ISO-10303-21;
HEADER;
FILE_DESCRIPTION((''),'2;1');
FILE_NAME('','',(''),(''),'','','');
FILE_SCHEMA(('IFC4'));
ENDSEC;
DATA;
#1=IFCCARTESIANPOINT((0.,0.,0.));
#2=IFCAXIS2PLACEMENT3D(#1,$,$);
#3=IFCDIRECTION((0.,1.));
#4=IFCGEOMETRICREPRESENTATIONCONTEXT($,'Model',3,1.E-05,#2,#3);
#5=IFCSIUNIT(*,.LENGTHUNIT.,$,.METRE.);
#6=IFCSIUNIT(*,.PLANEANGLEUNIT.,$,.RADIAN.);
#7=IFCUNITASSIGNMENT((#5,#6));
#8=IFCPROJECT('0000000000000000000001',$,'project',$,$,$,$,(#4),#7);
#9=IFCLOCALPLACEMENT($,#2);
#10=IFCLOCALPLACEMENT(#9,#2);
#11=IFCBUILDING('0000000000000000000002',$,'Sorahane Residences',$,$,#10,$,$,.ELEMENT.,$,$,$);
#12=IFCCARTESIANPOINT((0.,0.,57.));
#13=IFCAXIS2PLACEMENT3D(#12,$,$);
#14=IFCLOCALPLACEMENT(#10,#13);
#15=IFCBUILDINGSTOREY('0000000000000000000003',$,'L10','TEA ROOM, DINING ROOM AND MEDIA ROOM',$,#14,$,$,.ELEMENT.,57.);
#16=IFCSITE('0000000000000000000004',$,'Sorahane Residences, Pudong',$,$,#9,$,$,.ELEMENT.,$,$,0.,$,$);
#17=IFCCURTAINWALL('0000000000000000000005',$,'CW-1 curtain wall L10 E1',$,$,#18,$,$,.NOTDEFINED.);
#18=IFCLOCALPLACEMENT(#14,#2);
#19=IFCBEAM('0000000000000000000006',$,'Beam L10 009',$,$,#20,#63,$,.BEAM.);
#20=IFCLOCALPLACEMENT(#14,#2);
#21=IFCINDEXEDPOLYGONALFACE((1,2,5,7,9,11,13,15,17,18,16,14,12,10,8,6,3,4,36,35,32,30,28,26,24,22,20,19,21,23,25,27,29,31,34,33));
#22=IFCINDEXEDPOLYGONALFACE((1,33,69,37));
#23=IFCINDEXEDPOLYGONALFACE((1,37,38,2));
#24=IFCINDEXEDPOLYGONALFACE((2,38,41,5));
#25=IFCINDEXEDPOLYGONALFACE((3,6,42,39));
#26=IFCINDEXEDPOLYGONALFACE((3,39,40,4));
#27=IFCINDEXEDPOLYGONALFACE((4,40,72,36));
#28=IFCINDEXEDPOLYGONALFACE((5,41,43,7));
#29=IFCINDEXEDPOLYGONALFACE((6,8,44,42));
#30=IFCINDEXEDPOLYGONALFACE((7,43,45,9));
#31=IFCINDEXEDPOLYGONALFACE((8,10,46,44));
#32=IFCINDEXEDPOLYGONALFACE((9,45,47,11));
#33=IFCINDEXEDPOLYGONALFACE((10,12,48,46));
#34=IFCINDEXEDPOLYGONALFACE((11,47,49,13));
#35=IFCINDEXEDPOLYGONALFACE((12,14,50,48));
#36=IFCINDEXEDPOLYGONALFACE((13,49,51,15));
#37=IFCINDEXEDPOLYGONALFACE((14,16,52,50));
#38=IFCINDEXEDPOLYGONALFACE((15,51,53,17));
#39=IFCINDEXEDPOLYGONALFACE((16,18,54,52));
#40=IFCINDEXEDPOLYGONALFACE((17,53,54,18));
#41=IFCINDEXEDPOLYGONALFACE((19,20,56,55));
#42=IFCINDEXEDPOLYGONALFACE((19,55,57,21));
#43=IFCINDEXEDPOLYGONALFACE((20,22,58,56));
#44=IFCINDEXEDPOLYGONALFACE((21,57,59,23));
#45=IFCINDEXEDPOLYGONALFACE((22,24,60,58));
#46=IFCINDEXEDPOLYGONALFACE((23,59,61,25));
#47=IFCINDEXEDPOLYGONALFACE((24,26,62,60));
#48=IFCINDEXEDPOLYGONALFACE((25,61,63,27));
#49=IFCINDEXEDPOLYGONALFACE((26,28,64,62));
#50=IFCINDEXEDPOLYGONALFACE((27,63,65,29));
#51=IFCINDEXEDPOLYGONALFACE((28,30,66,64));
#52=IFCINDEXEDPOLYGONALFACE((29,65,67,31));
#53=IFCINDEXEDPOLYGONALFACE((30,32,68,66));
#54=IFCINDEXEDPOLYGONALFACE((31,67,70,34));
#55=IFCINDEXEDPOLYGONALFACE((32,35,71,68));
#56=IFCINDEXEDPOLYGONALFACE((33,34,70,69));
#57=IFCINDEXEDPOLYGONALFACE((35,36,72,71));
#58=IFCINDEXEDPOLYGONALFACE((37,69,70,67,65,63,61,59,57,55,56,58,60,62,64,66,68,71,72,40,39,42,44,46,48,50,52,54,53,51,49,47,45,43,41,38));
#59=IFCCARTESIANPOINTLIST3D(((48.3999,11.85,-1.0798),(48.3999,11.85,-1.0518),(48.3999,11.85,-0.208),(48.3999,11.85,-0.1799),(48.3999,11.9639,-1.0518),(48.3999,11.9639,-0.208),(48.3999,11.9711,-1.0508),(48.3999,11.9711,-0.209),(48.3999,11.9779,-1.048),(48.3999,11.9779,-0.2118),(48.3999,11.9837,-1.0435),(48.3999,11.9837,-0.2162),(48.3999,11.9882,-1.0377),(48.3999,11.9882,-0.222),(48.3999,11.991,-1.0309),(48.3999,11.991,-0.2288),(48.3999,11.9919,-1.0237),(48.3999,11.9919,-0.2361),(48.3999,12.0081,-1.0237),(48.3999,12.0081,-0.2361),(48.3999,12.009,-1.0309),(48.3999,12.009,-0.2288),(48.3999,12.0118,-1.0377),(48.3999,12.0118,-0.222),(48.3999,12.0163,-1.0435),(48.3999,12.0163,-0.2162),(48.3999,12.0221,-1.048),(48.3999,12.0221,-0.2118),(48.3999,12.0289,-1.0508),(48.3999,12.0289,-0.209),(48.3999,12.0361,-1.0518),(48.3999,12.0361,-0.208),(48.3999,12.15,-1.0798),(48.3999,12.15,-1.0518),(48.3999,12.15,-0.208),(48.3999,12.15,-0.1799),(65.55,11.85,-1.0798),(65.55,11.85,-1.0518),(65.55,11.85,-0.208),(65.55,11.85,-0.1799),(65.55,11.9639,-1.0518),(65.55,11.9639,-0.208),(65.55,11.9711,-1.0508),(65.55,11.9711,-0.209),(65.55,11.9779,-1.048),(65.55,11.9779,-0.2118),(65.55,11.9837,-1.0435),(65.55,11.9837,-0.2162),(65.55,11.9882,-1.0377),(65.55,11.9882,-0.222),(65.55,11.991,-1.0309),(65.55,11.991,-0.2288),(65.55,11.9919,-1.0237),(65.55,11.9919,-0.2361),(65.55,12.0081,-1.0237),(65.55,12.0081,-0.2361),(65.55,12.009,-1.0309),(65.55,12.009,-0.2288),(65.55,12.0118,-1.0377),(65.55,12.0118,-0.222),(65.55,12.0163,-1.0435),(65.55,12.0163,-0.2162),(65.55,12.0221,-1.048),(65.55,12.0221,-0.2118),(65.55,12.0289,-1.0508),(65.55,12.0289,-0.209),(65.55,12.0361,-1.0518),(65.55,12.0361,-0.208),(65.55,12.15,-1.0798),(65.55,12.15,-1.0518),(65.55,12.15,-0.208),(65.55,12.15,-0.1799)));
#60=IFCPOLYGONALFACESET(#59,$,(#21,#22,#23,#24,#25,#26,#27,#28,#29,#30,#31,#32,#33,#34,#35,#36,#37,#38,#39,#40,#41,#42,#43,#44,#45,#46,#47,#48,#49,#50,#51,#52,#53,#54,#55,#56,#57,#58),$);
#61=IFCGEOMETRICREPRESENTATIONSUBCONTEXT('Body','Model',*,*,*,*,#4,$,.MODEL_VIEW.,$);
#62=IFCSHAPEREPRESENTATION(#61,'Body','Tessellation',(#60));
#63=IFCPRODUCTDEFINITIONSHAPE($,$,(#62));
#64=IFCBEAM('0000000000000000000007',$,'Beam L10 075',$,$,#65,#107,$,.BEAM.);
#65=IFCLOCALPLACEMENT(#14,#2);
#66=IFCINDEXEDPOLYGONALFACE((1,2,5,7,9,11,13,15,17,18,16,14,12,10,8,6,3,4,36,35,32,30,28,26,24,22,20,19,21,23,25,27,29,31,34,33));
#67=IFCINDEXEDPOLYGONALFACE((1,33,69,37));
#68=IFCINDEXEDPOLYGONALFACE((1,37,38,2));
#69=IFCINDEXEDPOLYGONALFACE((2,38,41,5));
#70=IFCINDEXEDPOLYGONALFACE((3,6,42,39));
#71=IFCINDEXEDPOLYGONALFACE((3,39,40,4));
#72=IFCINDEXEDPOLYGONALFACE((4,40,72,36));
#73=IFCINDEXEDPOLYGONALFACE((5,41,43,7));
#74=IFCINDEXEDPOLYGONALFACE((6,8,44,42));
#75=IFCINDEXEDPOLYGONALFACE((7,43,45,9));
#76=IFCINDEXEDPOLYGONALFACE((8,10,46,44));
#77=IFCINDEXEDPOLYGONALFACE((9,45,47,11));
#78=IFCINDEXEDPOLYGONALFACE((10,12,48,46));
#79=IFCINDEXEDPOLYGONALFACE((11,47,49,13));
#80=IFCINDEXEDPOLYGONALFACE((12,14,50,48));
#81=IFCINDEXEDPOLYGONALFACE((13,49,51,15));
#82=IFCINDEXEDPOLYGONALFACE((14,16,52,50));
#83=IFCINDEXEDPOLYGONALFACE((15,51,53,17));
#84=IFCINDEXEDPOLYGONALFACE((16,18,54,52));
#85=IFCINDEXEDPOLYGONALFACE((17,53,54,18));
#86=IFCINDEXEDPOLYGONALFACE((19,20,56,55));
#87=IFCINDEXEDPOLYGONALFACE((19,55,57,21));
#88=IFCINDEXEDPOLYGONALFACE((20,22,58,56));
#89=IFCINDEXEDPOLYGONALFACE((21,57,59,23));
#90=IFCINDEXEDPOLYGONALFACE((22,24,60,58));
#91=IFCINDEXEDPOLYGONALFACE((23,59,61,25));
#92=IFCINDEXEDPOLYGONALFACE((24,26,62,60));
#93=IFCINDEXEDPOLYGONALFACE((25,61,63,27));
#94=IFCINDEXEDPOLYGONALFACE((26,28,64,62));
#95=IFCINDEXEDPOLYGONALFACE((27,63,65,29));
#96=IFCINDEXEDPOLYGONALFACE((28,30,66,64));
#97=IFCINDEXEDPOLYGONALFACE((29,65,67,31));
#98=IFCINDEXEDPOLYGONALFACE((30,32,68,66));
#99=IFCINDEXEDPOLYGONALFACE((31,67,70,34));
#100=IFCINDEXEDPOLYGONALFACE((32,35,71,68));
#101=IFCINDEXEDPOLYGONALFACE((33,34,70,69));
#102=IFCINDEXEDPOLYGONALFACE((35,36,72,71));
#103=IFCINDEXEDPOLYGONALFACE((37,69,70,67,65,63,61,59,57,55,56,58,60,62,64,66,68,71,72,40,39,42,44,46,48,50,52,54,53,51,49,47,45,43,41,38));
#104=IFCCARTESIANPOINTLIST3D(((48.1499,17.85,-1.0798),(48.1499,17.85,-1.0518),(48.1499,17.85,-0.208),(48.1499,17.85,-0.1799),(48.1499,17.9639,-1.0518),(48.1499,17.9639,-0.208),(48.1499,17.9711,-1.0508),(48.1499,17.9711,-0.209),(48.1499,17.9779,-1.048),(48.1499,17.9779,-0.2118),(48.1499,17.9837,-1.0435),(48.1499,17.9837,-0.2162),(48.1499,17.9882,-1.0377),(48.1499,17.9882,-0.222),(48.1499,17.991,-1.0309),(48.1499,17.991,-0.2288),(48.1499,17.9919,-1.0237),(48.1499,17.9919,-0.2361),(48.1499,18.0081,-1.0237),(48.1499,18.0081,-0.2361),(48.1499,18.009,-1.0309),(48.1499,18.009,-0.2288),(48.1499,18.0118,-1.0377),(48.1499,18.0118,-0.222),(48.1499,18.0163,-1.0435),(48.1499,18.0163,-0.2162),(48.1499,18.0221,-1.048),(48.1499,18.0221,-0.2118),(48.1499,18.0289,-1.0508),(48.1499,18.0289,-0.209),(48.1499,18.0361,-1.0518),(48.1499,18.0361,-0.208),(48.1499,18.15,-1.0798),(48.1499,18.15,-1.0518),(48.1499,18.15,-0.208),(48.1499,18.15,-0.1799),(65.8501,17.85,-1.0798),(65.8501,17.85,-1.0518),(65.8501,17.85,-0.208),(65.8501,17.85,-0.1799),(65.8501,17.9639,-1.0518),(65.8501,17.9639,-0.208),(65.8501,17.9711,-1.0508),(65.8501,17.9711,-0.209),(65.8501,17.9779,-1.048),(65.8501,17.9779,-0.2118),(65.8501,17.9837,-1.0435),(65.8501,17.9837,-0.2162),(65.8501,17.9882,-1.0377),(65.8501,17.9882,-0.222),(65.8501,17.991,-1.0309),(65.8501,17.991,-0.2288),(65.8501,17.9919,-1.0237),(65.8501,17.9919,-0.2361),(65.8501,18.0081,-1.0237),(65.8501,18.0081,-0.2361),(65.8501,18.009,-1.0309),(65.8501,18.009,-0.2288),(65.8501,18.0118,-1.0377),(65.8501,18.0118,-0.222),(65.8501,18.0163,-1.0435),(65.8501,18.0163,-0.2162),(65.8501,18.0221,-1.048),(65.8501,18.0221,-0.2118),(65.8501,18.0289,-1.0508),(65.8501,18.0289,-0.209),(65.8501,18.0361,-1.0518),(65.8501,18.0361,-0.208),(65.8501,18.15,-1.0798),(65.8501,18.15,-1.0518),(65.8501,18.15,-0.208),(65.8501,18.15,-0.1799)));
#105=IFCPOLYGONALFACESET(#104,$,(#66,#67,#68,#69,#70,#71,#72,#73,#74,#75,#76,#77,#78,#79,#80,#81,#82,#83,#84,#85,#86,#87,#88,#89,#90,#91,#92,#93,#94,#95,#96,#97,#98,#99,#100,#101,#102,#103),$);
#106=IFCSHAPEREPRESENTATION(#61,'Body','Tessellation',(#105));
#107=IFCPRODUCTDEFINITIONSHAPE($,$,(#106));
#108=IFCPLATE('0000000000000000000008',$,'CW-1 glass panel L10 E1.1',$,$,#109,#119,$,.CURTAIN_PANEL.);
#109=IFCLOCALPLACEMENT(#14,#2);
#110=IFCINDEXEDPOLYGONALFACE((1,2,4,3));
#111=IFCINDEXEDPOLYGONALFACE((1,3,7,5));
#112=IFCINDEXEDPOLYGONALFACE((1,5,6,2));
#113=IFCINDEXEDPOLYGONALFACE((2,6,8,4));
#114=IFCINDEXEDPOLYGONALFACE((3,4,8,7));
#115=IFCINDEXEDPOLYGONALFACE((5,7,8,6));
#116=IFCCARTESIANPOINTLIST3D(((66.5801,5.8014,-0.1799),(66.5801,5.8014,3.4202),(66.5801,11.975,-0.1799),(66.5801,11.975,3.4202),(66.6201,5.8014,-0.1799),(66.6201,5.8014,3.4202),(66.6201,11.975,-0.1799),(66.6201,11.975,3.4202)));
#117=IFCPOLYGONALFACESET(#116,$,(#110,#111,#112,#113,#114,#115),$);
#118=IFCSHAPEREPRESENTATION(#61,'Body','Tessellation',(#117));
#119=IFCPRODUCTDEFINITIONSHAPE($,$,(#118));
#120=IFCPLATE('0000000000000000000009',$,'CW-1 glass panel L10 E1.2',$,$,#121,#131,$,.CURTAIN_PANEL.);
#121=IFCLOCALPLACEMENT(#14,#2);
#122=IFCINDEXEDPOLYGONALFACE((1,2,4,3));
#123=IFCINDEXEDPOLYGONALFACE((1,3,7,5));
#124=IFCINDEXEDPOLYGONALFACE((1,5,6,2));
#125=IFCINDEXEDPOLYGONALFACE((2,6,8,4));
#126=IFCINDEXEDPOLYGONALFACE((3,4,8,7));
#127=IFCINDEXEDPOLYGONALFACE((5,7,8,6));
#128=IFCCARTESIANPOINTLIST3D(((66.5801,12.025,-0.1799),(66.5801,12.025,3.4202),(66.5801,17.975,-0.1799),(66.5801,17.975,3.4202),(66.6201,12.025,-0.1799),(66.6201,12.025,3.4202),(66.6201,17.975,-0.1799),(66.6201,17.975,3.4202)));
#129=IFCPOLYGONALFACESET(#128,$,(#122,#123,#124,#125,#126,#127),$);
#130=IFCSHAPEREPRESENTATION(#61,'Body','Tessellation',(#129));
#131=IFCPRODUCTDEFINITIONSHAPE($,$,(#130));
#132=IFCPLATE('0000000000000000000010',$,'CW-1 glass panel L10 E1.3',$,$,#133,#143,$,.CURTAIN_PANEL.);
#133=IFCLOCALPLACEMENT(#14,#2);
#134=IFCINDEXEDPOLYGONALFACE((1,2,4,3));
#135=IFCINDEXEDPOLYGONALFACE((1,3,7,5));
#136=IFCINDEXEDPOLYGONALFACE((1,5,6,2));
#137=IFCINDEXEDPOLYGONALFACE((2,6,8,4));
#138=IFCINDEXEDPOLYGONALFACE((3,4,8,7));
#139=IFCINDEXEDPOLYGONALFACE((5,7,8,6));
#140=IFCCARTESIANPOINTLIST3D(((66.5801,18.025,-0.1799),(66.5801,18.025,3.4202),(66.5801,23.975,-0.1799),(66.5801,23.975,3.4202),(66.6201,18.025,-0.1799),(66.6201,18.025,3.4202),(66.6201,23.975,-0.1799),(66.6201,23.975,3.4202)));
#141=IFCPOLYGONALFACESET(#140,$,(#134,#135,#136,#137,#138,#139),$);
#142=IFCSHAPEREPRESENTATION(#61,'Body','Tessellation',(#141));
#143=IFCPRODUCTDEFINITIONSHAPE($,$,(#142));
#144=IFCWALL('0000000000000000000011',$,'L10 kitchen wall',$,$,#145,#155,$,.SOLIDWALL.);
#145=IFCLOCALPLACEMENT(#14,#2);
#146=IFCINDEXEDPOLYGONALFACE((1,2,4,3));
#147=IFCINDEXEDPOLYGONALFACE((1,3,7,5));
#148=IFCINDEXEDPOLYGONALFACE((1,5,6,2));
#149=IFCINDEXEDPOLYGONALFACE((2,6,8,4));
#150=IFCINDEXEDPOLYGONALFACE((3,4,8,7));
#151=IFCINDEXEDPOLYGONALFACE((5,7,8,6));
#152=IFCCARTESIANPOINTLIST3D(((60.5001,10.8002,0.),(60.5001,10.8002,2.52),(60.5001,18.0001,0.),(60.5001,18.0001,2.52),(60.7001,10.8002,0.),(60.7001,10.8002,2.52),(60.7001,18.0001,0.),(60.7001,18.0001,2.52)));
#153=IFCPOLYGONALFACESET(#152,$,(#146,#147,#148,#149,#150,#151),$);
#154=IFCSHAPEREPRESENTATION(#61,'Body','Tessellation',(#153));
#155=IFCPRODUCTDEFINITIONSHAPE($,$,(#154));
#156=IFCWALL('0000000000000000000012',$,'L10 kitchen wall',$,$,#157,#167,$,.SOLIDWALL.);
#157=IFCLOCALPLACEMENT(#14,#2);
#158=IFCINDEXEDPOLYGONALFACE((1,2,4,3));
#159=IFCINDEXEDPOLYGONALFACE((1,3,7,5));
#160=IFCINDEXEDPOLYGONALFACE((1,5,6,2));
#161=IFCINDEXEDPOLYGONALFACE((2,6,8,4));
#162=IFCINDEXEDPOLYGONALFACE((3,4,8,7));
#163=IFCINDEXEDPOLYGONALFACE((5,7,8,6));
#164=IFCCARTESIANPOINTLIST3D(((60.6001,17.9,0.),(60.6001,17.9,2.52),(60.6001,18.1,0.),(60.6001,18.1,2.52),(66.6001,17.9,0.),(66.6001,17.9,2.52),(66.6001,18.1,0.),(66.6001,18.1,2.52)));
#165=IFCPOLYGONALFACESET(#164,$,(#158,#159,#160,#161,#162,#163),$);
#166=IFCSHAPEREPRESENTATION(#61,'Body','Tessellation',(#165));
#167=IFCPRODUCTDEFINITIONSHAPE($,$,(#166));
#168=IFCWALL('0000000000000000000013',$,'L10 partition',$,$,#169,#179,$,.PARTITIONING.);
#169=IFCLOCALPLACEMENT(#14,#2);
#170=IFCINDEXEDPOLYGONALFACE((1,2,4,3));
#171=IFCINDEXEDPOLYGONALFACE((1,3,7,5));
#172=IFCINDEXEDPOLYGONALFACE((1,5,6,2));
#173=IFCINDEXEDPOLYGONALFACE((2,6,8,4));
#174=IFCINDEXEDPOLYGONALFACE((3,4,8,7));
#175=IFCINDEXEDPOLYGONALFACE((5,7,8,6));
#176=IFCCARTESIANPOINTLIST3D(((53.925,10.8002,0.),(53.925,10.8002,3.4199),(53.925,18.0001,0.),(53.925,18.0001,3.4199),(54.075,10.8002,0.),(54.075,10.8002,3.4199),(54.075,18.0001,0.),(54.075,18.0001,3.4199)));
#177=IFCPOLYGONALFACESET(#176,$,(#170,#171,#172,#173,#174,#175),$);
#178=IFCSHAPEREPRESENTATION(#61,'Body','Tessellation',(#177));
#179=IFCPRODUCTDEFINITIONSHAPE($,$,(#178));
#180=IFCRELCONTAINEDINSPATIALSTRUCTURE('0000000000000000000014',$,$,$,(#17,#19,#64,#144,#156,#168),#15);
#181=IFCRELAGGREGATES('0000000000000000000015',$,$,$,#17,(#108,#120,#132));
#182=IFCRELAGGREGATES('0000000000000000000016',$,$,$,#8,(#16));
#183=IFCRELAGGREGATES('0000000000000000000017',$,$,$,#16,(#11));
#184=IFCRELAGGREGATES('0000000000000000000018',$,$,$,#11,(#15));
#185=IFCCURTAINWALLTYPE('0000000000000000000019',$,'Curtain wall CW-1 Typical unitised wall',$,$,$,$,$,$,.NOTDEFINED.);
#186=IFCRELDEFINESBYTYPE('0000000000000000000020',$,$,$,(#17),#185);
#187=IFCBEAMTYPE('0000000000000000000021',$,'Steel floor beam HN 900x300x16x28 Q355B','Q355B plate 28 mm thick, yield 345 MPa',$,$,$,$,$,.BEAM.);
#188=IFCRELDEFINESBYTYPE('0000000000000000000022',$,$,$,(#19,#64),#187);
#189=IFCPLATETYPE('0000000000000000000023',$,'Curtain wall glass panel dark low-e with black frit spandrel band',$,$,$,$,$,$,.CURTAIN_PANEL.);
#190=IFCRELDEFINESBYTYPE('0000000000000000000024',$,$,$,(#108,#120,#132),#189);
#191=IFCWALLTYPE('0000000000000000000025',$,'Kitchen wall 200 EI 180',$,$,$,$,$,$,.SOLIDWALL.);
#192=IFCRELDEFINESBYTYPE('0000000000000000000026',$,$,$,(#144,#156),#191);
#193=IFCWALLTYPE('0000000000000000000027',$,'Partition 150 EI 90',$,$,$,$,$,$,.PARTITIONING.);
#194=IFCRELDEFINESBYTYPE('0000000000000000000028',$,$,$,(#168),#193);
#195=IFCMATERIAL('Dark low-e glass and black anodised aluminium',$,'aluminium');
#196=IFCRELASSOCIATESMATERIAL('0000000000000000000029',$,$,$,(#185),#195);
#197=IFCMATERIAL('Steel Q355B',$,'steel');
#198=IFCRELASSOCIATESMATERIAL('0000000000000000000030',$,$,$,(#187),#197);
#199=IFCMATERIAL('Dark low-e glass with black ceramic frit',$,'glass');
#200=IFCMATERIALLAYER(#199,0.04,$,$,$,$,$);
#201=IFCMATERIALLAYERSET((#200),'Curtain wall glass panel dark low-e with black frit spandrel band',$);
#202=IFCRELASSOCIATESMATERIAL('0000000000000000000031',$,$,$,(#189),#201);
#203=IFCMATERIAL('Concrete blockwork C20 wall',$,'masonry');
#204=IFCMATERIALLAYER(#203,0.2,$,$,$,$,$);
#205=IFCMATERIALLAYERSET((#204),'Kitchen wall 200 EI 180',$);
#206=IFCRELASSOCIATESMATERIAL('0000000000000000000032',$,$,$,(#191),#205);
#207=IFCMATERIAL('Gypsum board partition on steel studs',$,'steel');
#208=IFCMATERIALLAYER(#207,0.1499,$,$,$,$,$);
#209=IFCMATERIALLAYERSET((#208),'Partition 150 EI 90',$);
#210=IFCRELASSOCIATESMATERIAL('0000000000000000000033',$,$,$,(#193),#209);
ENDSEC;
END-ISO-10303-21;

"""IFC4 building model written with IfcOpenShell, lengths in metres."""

from ifc_helpers import new_model, si_unit, direction, frame, frame_2d, origin, origin_2d, place, context, subcontext, project, spatial, rectangle, i_section, extrude, material, layer, layer_set, material_profile, profile_set, type_object, element, aggregate, save


model = new_model("IFC4")

# Units and contexts
model_context = context("Model", 3, precision=1e-05, world=origin(), true_north=direction((0.0, 1.0)))
body_context = subcontext(model_context, "Body", "Model", "MODEL_VIEW")
ifc_project = project(units=[si_unit("LENGTHUNIT", "METRE"), si_unit("PLANEANGLEUNIT", "RADIAN")], contexts=[model_context])

# Site, building, storey
site_placement = place(None, origin())
site = spatial("IfcSite", under=ifc_project, at=site_placement, Name="Sorahane Residences, Pudong", CompositionType="ELEMENT", RefElevation=0.0)
building_placement = place(site_placement, origin())
building = spatial("IfcBuilding", under=site, at=building_placement, Name="Sorahane Residences", CompositionType="ELEMENT")
storey_placement = place(building_placement, frame((0.0, 0.0, 57.0)))
storey = spatial("IfcBuildingStorey", under=building, at=storey_placement, Name="L10", Description="TEA ROOM, DINING ROOM AND MEDIA ROOM", CompositionType="ELEMENT", Elevation=57.0)

# Curtain wall
ifc_material_1 = material(Name="Dark low-e glass and black anodised aluminium", Category="aluminium")
curtain_wall_type = type_object("IfcCurtainWallType", Name="Curtain wall CW-1 Typical unitised wall", PredefinedType="NOTDEFINED", material=ifc_material_1)
curtain_wall_placement = place(storey_placement, origin())
curtain_wall = element("IfcCurtainWall", 1, at=curtain_wall_placement, inside=storey, type_object=curtain_wall_type, Name="CW-1 curtain wall L10 E1", PredefinedType="NOTDEFINED")

# Beams
ifc_material_2 = material(Name="Steel Q355B", Category="steel")
ifc_material_profile_1 = material_profile(ifc_material_2, i_section(OverallWidth=0.3, OverallDepth=0.8999, WebThickness=0.0161, FlangeThickness=0.0281, FilletRadius=0.0281, at=origin_2d()), Name="HN 900x300x16x28")
ifc_profile_set_1 = profile_set([ifc_material_profile_1], Name="Steel Q355B")
beam_type_1 = type_object("IfcBeamType", Name="Steel floor beam HN 900x300x16x28 Q355B", Description="Q355B plate 28 mm thick, yield 345 MPa", PredefinedType="BEAM", material=ifc_profile_set_1)
beam_1_placement = place(storey_placement, frame((48.3999, 12.0, -0.6299), z_axis=(1.0, 0.0, 0.0), x_axis=(0.0, 1.0, 0.0)))
element("IfcBeam", 2, at=beam_1_placement, inside=storey, type_object=beam_type_1, Name="Beam L10 009", PredefinedType="BEAM", context=body_context, shape_type="SweptSolid", body=[
    extrude(i_section(OverallWidth=0.3, OverallDepth=0.8999, WebThickness=0.0161, FlangeThickness=0.0281, FilletRadius=0.0281, at=origin_2d()), origin(), (0.0, 0.0, 1.0), 17.1501),
])
beam_2_placement = place(storey_placement, frame((48.1499, 18.0, -0.6299), z_axis=(1.0, 0.0, 0.0), x_axis=(0.0, 1.0, 0.0)))
element("IfcBeam", 3, at=beam_2_placement, inside=storey, type_object=beam_type_1, Name="Beam L10 075", PredefinedType="BEAM", context=body_context, shape_type="SweptSolid", body=[
    extrude(i_section(OverallWidth=0.3, OverallDepth=0.8999, WebThickness=0.0161, FlangeThickness=0.0281, FilletRadius=0.0281, at=origin_2d()), origin(), (0.0, 0.0, 1.0), 17.7002),
])

# Plates
ifc_material_3 = material(Name="Dark low-e glass with black ceramic frit", Category="glass")
ifc_layer_1 = layer(ifc_material_3, 0.04)
ifc_layer_set_1 = layer_set([ifc_layer_1], Name="Curtain wall glass panel dark low-e with black frit spandrel band")
plate_type = type_object("IfcPlateType", Name="Curtain wall glass panel dark low-e with black frit spandrel band", PredefinedType="CURTAIN_PANEL", material=ifc_layer_set_1)
plate_1_placement = place(storey_placement, frame((66.6001, 8.8882, -0.1799), z_axis=(0.0, 0.0, 1.0), x_axis=(0.0, 1.0, 0.0)))
plate_1 = element("IfcPlate", 4, at=plate_1_placement, type_object=plate_type, Name="CW-1 glass panel L10 E1.1", PredefinedType="CURTAIN_PANEL", context=body_context, shape_type="SweptSolid", body=[
    extrude(rectangle(XDim=6.1736, YDim=0.04, at=origin_2d()), origin(), (0.0, 0.0, 1.0), 3.6001),
])
plate_2_placement = place(storey_placement, frame((66.6001, 15.0, -0.1799), z_axis=(0.0, 0.0, 1.0), x_axis=(0.0, 1.0, 0.0)))
plate_2 = element("IfcPlate", 5, at=plate_2_placement, type_object=plate_type, Name="CW-1 glass panel L10 E1.2", PredefinedType="CURTAIN_PANEL", context=body_context, shape_type="SweptSolid", body=[
    extrude(rectangle(XDim=5.95, YDim=0.04, at=origin_2d()), origin(), (0.0, 0.0, 1.0), 3.6001),
])
plate_3_placement = place(storey_placement, frame((66.6001, 21.0, -0.1799), z_axis=(0.0, 0.0, 1.0), x_axis=(0.0, 1.0, 0.0)))
plate_3 = element("IfcPlate", 6, at=plate_3_placement, type_object=plate_type, Name="CW-1 glass panel L10 E1.3", PredefinedType="CURTAIN_PANEL", context=body_context, shape_type="SweptSolid", body=[
    extrude(rectangle(XDim=5.95, YDim=0.04, at=origin_2d()), origin(), (0.0, 0.0, 1.0), 3.6001),
])
aggregate(curtain_wall, [plate_1, plate_2, plate_3])

# Shared definitions
ifc_material_4 = material(Name="Concrete blockwork C20 wall", Category="masonry")
ifc_layer_2 = layer(ifc_material_4, 0.2)
ifc_layer_set_2 = layer_set([ifc_layer_2], Name="Kitchen wall 200 EI 180")
wall_type_1 = type_object("IfcWallType", Name="Kitchen wall 200 EI 180", PredefinedType="SOLIDWALL", material=ifc_layer_set_2)

# Wall
wall_1_placement = place(storey_placement, frame((60.6001, 10.8, 0.0), z_axis=(0.0, 0.0, 1.0), x_axis=(0.0, 1.0, 0.0)))
element("IfcWall", 7, at=wall_1_placement, inside=storey, type_object=wall_type_1, Name="L10 kitchen wall", PredefinedType="SOLIDWALL", context=body_context, shape_type="SweptSolid", body=[
    extrude(rectangle(XDim=7.2, YDim=0.2, at=frame_2d((3.6001, 0.0))), origin(), (0.0, 0.0, 1.0), 2.52),
])

# Walls
wall_2_placement = place(storey_placement, frame((60.6001, 18.0, 0.0), z_axis=(0.0, 0.0, 1.0), x_axis=(1.0, 0.0, 0.0)))
element("IfcWall", 8, at=wall_2_placement, inside=storey, type_object=wall_type_1, Name="L10 kitchen wall", PredefinedType="SOLIDWALL", context=body_context, shape_type="SweptSolid", body=[
    extrude(rectangle(XDim=6.0, YDim=0.2, at=frame_2d((3.0, 0.0))), origin(), (0.0, 0.0, 1.0), 2.52),
])
ifc_material_5 = material(Name="Gypsum board partition on steel studs", Category="steel")
ifc_layer_3 = layer(ifc_material_5, 0.1499)
ifc_layer_set_3 = layer_set([ifc_layer_3], Name="Partition 150 EI 90")
wall_type_2 = type_object("IfcWallType", Name="Partition 150 EI 90", PredefinedType="PARTITIONING", material=ifc_layer_set_3)
wall_3_placement = place(storey_placement, frame((54.0, 10.8, 0.0), z_axis=(0.0, 0.0, 1.0), x_axis=(0.0, 1.0, 0.0)))
element("IfcWall", 9, at=wall_3_placement, inside=storey, type_object=wall_type_2, Name="L10 partition", PredefinedType="PARTITIONING", context=body_context, shape_type="SweptSolid", body=[
    extrude(rectangle(XDim=7.2, YDim=0.1499, at=frame_2d((3.6001, 0.0))), origin(), (0.0, 0.0, 1.0), 3.4199),
])

save(model, "model.ifc")
